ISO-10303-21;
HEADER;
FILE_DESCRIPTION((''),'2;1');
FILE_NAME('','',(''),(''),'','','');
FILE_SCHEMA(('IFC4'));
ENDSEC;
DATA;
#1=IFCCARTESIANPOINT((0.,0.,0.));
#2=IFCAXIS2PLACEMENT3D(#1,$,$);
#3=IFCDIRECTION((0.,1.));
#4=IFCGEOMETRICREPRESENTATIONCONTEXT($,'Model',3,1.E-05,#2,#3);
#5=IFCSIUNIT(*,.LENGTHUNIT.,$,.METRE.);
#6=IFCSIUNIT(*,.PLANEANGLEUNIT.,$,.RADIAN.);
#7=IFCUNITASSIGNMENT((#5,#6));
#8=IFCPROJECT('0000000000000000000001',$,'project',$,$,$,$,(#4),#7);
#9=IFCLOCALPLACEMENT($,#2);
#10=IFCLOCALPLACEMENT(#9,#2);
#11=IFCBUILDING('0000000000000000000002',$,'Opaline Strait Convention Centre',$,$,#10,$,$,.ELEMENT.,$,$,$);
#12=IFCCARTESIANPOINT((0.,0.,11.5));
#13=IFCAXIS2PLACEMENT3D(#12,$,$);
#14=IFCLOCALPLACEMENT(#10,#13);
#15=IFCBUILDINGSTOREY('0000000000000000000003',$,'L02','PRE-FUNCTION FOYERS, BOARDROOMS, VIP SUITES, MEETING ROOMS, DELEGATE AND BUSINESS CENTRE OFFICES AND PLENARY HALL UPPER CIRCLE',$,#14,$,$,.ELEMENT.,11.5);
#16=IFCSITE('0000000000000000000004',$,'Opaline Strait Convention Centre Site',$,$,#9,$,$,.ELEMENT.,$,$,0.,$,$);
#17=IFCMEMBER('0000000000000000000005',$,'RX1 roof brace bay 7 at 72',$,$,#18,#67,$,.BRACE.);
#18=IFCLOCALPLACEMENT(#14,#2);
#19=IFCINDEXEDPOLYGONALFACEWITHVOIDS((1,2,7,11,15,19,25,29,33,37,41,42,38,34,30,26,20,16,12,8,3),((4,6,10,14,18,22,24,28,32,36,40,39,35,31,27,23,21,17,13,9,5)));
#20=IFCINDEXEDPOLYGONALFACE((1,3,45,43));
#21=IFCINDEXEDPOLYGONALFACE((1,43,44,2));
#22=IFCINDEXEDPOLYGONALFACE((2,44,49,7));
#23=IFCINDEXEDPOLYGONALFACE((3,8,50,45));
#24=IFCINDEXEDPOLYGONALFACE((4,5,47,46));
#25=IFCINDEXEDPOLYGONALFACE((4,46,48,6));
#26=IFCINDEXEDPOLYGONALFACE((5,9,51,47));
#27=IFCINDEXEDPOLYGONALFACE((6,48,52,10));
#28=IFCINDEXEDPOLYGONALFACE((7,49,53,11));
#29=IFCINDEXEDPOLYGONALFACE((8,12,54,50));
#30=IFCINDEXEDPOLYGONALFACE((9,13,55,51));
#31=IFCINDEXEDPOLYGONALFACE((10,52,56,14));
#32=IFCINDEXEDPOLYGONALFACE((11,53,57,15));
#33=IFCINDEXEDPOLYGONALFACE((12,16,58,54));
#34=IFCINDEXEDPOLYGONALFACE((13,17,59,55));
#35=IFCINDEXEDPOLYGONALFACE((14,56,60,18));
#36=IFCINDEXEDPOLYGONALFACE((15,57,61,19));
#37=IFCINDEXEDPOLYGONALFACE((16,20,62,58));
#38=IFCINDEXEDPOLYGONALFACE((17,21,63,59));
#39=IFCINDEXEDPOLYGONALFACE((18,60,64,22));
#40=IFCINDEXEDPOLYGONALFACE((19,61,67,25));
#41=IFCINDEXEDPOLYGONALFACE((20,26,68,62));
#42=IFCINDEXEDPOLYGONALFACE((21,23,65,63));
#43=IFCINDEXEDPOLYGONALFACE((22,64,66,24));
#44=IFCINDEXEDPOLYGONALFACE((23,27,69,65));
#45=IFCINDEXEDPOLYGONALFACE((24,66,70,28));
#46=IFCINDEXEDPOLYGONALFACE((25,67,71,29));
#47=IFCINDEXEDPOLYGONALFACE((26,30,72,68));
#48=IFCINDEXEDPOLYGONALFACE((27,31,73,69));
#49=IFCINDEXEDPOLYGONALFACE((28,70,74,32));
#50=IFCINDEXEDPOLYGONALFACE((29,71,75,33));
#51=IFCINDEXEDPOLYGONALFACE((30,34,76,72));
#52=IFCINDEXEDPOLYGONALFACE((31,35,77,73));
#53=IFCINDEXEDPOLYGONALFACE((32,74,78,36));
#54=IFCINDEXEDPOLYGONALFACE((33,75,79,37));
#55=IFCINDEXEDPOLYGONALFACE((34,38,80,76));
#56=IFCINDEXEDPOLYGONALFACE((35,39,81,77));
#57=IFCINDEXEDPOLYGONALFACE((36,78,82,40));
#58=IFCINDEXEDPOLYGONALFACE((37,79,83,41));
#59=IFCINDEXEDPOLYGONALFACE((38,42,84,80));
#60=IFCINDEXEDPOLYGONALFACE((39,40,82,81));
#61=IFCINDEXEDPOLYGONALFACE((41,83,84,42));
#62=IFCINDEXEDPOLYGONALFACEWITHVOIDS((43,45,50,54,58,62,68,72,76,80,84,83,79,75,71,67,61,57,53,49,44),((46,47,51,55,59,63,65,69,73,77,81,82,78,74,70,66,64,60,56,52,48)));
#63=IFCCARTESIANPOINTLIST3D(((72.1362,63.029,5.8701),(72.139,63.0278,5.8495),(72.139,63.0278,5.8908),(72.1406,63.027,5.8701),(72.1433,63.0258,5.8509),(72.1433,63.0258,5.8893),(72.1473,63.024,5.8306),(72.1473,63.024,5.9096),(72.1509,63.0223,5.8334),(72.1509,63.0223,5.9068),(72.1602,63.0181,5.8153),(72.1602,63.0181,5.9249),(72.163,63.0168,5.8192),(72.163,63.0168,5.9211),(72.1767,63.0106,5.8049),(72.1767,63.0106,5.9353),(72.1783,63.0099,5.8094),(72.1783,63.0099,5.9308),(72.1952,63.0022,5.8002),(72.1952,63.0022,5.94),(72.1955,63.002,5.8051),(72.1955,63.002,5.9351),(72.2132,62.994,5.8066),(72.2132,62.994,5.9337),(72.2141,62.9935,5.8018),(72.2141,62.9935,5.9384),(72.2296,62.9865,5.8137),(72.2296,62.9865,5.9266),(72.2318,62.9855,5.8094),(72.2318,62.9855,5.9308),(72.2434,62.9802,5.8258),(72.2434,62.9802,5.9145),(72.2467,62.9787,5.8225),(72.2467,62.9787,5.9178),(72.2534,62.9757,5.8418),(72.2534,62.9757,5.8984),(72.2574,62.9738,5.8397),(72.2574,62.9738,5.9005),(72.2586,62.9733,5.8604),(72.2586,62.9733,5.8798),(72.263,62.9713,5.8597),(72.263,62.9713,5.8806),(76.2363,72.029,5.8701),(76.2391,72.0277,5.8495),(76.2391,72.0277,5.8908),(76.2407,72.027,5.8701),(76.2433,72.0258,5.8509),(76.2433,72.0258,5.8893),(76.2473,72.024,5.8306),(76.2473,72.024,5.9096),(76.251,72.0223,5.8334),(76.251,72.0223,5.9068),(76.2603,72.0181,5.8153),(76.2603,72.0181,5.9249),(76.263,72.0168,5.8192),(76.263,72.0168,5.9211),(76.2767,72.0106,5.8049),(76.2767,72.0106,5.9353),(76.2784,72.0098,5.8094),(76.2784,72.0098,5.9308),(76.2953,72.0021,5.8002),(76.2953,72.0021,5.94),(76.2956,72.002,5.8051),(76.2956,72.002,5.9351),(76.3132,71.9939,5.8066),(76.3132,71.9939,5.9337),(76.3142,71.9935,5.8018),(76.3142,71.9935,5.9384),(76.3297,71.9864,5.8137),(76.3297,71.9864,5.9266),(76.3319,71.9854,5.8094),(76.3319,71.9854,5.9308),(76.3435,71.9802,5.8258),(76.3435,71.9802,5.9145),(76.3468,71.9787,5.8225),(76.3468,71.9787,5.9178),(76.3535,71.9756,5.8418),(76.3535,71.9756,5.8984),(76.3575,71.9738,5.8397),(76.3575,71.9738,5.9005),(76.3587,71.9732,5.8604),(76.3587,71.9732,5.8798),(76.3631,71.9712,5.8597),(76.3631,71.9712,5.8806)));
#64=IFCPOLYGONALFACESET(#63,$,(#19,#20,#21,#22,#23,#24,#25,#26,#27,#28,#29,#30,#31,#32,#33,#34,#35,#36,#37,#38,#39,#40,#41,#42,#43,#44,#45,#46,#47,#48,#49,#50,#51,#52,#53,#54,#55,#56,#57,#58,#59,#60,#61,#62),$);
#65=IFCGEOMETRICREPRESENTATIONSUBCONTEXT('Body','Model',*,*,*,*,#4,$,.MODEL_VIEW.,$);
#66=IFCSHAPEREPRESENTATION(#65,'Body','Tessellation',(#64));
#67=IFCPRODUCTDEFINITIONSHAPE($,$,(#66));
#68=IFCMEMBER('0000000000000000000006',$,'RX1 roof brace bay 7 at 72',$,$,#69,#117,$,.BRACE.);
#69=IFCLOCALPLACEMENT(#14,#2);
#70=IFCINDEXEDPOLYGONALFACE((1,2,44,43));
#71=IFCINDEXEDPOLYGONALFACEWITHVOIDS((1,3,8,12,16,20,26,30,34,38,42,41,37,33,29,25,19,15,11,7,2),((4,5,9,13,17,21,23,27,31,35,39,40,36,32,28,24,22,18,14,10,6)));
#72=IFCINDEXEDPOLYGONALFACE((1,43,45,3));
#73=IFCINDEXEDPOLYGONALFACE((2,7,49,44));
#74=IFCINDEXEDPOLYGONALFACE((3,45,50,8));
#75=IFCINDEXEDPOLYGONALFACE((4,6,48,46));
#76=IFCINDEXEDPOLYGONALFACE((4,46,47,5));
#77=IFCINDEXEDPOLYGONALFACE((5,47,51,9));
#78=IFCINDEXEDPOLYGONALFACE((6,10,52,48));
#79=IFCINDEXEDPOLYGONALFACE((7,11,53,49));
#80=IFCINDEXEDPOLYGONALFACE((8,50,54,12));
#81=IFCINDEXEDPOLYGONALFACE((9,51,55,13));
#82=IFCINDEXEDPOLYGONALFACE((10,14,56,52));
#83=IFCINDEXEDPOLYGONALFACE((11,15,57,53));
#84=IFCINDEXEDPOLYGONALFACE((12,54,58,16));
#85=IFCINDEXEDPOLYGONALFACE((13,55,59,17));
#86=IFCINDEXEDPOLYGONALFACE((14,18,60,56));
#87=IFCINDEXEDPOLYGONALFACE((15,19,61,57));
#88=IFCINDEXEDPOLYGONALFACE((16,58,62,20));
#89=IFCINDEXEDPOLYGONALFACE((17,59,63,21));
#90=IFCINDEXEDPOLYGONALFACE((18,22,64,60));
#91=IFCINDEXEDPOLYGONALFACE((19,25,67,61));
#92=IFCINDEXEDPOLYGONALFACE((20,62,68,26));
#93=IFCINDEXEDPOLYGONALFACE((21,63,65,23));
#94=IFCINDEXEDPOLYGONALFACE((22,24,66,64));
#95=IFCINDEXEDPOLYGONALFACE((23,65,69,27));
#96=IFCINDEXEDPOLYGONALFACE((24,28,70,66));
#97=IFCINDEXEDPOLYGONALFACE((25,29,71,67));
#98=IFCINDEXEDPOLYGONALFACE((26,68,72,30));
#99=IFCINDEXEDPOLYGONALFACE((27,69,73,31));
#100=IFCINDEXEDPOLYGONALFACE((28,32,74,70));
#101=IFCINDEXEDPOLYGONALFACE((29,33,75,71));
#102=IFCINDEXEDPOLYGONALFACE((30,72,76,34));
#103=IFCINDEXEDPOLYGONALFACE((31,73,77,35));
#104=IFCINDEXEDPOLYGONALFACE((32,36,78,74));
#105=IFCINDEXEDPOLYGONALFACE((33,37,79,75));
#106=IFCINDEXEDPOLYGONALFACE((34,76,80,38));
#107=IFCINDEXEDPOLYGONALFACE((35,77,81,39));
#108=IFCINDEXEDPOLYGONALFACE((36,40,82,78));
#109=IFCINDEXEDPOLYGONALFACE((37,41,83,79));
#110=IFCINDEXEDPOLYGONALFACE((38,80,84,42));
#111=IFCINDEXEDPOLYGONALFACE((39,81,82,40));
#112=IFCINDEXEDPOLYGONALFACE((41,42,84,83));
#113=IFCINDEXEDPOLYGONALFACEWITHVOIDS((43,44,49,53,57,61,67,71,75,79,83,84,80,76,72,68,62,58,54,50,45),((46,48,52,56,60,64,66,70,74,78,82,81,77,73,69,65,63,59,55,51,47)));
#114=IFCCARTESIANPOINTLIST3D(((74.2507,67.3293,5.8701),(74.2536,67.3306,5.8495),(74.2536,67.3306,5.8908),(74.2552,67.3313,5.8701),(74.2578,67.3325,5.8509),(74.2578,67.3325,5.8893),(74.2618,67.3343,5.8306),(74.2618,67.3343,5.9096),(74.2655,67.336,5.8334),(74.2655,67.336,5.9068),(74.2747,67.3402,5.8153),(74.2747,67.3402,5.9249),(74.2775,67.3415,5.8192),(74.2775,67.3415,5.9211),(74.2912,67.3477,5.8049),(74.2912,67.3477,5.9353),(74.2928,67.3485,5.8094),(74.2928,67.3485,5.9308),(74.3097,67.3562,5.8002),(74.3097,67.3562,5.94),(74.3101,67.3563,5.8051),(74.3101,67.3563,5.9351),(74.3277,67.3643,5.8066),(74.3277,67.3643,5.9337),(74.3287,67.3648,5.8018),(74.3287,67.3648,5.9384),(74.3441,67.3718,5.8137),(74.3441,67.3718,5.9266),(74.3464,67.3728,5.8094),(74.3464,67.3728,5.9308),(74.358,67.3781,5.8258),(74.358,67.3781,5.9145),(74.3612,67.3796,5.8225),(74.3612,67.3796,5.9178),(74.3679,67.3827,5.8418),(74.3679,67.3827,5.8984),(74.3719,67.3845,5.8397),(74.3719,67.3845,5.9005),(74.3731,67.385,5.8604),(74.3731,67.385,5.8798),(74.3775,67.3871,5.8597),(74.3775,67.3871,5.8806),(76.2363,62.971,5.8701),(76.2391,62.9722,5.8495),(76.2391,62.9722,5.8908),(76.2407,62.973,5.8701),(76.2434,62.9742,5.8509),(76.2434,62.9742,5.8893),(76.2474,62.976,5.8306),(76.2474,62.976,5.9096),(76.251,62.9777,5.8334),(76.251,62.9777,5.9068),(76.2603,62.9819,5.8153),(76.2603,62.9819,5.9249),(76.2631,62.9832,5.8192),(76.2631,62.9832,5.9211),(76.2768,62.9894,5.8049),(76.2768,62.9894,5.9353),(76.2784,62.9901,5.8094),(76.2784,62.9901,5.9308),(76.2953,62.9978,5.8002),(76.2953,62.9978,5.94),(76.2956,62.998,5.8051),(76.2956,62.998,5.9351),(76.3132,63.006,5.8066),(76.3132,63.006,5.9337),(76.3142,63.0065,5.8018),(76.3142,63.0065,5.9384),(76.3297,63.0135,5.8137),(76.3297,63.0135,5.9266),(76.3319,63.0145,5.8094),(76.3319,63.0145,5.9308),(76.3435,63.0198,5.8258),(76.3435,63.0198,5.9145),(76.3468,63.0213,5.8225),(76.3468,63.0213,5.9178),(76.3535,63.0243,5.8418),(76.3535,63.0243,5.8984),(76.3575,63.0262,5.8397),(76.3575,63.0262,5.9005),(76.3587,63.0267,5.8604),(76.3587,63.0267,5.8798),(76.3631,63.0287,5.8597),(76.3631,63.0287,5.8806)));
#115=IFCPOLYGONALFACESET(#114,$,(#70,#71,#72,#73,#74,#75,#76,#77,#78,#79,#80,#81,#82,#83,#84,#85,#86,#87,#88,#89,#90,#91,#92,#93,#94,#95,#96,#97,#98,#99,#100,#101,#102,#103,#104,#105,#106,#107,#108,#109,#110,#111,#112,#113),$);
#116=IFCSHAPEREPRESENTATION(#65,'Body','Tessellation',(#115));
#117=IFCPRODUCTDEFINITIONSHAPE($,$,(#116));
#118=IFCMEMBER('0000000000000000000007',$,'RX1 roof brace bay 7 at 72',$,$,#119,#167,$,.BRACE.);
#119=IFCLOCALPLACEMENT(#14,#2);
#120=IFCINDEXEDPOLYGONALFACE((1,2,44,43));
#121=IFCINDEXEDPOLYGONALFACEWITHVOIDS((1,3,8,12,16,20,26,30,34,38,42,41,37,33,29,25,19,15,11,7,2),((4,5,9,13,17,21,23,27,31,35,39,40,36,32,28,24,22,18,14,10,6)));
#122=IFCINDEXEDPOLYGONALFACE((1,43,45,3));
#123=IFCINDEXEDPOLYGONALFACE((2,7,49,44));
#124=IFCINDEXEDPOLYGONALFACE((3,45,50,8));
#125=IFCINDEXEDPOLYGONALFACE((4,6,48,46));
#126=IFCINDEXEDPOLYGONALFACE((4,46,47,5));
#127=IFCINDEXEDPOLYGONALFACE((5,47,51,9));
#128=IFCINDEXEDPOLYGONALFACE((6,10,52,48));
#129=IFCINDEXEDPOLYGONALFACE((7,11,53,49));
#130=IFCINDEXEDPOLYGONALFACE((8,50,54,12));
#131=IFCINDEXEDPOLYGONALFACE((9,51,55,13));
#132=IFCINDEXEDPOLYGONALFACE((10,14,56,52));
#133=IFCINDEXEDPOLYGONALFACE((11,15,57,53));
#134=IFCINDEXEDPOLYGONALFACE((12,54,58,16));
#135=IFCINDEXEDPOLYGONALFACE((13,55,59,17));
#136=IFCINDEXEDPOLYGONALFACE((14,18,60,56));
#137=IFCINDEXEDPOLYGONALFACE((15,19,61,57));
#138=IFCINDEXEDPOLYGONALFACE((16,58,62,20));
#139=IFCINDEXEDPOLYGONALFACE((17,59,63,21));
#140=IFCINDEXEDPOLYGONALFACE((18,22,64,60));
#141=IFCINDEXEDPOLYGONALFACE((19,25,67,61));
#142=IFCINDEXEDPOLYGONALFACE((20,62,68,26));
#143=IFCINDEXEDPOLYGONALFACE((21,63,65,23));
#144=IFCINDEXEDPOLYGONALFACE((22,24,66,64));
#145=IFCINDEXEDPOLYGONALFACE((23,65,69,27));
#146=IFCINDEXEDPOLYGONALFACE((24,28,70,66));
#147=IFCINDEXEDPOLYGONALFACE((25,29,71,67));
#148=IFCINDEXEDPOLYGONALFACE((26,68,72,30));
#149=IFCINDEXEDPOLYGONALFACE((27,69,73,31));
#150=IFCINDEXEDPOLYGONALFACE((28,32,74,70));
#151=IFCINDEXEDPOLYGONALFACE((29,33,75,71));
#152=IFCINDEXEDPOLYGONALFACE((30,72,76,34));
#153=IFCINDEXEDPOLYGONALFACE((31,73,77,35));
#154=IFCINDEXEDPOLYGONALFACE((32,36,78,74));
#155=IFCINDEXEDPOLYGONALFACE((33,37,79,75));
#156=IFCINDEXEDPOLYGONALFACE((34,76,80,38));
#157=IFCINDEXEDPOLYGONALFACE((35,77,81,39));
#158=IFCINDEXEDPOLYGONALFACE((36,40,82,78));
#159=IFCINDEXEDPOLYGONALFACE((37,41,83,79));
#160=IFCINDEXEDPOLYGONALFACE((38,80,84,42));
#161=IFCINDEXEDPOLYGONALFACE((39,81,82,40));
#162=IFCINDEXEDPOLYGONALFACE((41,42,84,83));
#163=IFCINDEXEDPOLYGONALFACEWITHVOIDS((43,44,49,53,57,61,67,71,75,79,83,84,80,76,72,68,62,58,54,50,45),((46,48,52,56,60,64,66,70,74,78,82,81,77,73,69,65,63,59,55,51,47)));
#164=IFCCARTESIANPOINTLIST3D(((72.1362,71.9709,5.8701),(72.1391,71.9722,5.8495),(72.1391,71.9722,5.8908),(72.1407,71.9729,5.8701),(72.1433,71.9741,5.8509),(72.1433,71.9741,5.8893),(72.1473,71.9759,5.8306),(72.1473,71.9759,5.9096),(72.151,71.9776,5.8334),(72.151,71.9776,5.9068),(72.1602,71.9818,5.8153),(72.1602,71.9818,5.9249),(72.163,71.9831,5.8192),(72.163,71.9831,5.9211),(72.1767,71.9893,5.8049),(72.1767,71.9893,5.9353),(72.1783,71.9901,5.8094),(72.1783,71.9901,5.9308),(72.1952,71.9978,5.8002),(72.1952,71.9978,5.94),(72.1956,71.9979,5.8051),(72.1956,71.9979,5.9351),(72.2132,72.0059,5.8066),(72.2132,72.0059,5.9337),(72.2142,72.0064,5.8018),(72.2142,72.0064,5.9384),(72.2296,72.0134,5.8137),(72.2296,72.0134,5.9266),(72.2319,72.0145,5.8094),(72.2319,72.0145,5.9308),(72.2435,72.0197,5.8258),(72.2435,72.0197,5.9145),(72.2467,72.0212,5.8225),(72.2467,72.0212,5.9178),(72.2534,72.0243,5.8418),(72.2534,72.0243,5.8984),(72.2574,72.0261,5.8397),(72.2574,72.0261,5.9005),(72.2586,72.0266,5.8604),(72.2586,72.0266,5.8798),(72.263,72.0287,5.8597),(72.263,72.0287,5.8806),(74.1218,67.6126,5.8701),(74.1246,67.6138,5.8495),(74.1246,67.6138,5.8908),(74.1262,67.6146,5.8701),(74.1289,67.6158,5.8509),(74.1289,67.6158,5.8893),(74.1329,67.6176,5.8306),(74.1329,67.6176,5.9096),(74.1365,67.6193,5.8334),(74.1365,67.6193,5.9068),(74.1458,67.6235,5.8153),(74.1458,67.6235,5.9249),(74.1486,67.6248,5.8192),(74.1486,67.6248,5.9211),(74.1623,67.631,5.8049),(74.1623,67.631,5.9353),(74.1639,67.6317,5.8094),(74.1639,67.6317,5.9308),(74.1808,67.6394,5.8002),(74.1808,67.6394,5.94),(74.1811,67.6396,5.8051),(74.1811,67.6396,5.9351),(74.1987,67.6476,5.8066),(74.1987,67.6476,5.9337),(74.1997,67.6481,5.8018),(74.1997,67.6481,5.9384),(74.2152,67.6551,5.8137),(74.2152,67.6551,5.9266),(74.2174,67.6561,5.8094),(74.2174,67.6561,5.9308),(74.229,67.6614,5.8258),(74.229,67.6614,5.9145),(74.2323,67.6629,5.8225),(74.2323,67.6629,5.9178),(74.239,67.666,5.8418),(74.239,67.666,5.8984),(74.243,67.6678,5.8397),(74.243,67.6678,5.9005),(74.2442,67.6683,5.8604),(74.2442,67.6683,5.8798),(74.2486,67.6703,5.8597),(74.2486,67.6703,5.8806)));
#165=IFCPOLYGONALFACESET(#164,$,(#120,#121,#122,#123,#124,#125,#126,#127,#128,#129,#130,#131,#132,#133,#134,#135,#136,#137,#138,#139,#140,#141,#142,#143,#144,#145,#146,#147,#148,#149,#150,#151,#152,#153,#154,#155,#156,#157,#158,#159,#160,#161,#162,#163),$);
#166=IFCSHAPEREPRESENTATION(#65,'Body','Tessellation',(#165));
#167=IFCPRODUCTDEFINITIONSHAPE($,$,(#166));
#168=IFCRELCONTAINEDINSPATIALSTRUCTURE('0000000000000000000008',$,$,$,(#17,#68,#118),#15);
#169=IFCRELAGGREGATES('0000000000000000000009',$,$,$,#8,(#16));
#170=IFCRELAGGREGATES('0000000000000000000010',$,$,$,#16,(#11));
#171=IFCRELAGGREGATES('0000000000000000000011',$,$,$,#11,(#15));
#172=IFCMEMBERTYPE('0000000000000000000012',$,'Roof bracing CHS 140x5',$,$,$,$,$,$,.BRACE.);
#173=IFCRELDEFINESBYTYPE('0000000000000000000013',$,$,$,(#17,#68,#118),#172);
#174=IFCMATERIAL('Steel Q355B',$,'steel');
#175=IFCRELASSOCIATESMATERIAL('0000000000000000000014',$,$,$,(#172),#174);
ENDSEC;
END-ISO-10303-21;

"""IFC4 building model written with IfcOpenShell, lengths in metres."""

from ifc_helpers import new_model, si_unit, direction, frame, origin, origin_2d, place, context, subcontext, project, spatial, hollow_circle, extrude, material, material_profile, profile_set, type_object, element, save


model = new_model("IFC4")

# Units and contexts
model_context = context("Model", 3, precision=1e-05, world=origin(), true_north=direction((0.0, 1.0)))
body_context = subcontext(model_context, "Body", "Model", "MODEL_VIEW")
ifc_project = project(units=[si_unit("LENGTHUNIT", "METRE"), si_unit("PLANEANGLEUNIT", "RADIAN")], contexts=[model_context])

# Site, building, storey
site_placement = place(None, origin())
site = spatial("IfcSite", under=ifc_project, at=site_placement, Name="Opaline Strait Convention Centre Site", CompositionType="ELEMENT", RefElevation=0.0)
building_placement = place(site_placement, origin())
building = spatial("IfcBuilding", under=site, at=building_placement, Name="Opaline Strait Convention Centre", CompositionType="ELEMENT")
storey_placement = place(building_placement, frame((0.0, 0.0, 11.5)))
storey = spatial("IfcBuildingStorey", under=building, at=storey_placement, Name="L02", Description="PRE-FUNCTION FOYERS, BOARDROOMS, VIP SUITES, MEETING ROOMS, DELEGATE AND BUSINESS CENTRE OFFICES AND PLENARY HALL UPPER CIRCLE", CompositionType="ELEMENT", Elevation=11.5)

# Shared definitions
ifc_material_1 = material(Name="Steel Q355B", Category="steel")

# Members
ifc_material_profile_1 = material_profile(ifc_material_1, hollow_circle(Radius=0.0701, WallThickness=0.0049, at=origin_2d()), Name="CHS 140x5")
ifc_profile_set_1 = profile_set([ifc_material_profile_1], Name="Steel Q355B")
member_type_1 = type_object("IfcMemberType", Name="Roof bracing CHS 140x5", PredefinedType="BRACE", material=ifc_profile_set_1)
member_1_placement = place(storey_placement, frame((72.2, 63.0, 5.8701), z_axis=(0.414573, 0.910016, 0.0), x_axis=(-0.910016, 0.414573, 0.0)))
element("IfcMember", 1, at=member_1_placement, inside=storey, type_object=member_type_1, Name="RX1 roof brace bay 7 at 72", PredefinedType="BRACE", context=body_context, shape_type="SweptSolid", body=[
    extrude(hollow_circle(Radius=0.0701, WallThickness=0.0049, at=origin_2d()), origin(), (0.0, 0.0, 1.0), 9.8899),
])
for number, where, z_axis, x_axis, name in (
    (2, (76.3, 63.0, 5.8701), (-0.414582, 0.910012, 0.0), (-0.910012, -0.414582, 0.0), "RX1 roof brace bay 7 at 72"),
    (3, (74.1855, 67.6416, 5.8701), (-0.414582, 0.910012, 0.0), (-0.910012, -0.414582, 0.0), "RX1 roof brace bay 7 at 72"),
):
    element("IfcMember", number, at=place(storey_placement, frame(where, z_axis=z_axis, x_axis=x_axis)), inside=storey, type_object=member_type_1, Name=name, PredefinedType="BRACE", context=body_context, shape_type="SweptSolid", body=[
        extrude(hollow_circle(Radius=0.0701, WallThickness=0.0049, at=origin_2d()), origin(), (0.0, 0.0, 1.0), 4.7893),
    ])

save(model, "model.ifc")
